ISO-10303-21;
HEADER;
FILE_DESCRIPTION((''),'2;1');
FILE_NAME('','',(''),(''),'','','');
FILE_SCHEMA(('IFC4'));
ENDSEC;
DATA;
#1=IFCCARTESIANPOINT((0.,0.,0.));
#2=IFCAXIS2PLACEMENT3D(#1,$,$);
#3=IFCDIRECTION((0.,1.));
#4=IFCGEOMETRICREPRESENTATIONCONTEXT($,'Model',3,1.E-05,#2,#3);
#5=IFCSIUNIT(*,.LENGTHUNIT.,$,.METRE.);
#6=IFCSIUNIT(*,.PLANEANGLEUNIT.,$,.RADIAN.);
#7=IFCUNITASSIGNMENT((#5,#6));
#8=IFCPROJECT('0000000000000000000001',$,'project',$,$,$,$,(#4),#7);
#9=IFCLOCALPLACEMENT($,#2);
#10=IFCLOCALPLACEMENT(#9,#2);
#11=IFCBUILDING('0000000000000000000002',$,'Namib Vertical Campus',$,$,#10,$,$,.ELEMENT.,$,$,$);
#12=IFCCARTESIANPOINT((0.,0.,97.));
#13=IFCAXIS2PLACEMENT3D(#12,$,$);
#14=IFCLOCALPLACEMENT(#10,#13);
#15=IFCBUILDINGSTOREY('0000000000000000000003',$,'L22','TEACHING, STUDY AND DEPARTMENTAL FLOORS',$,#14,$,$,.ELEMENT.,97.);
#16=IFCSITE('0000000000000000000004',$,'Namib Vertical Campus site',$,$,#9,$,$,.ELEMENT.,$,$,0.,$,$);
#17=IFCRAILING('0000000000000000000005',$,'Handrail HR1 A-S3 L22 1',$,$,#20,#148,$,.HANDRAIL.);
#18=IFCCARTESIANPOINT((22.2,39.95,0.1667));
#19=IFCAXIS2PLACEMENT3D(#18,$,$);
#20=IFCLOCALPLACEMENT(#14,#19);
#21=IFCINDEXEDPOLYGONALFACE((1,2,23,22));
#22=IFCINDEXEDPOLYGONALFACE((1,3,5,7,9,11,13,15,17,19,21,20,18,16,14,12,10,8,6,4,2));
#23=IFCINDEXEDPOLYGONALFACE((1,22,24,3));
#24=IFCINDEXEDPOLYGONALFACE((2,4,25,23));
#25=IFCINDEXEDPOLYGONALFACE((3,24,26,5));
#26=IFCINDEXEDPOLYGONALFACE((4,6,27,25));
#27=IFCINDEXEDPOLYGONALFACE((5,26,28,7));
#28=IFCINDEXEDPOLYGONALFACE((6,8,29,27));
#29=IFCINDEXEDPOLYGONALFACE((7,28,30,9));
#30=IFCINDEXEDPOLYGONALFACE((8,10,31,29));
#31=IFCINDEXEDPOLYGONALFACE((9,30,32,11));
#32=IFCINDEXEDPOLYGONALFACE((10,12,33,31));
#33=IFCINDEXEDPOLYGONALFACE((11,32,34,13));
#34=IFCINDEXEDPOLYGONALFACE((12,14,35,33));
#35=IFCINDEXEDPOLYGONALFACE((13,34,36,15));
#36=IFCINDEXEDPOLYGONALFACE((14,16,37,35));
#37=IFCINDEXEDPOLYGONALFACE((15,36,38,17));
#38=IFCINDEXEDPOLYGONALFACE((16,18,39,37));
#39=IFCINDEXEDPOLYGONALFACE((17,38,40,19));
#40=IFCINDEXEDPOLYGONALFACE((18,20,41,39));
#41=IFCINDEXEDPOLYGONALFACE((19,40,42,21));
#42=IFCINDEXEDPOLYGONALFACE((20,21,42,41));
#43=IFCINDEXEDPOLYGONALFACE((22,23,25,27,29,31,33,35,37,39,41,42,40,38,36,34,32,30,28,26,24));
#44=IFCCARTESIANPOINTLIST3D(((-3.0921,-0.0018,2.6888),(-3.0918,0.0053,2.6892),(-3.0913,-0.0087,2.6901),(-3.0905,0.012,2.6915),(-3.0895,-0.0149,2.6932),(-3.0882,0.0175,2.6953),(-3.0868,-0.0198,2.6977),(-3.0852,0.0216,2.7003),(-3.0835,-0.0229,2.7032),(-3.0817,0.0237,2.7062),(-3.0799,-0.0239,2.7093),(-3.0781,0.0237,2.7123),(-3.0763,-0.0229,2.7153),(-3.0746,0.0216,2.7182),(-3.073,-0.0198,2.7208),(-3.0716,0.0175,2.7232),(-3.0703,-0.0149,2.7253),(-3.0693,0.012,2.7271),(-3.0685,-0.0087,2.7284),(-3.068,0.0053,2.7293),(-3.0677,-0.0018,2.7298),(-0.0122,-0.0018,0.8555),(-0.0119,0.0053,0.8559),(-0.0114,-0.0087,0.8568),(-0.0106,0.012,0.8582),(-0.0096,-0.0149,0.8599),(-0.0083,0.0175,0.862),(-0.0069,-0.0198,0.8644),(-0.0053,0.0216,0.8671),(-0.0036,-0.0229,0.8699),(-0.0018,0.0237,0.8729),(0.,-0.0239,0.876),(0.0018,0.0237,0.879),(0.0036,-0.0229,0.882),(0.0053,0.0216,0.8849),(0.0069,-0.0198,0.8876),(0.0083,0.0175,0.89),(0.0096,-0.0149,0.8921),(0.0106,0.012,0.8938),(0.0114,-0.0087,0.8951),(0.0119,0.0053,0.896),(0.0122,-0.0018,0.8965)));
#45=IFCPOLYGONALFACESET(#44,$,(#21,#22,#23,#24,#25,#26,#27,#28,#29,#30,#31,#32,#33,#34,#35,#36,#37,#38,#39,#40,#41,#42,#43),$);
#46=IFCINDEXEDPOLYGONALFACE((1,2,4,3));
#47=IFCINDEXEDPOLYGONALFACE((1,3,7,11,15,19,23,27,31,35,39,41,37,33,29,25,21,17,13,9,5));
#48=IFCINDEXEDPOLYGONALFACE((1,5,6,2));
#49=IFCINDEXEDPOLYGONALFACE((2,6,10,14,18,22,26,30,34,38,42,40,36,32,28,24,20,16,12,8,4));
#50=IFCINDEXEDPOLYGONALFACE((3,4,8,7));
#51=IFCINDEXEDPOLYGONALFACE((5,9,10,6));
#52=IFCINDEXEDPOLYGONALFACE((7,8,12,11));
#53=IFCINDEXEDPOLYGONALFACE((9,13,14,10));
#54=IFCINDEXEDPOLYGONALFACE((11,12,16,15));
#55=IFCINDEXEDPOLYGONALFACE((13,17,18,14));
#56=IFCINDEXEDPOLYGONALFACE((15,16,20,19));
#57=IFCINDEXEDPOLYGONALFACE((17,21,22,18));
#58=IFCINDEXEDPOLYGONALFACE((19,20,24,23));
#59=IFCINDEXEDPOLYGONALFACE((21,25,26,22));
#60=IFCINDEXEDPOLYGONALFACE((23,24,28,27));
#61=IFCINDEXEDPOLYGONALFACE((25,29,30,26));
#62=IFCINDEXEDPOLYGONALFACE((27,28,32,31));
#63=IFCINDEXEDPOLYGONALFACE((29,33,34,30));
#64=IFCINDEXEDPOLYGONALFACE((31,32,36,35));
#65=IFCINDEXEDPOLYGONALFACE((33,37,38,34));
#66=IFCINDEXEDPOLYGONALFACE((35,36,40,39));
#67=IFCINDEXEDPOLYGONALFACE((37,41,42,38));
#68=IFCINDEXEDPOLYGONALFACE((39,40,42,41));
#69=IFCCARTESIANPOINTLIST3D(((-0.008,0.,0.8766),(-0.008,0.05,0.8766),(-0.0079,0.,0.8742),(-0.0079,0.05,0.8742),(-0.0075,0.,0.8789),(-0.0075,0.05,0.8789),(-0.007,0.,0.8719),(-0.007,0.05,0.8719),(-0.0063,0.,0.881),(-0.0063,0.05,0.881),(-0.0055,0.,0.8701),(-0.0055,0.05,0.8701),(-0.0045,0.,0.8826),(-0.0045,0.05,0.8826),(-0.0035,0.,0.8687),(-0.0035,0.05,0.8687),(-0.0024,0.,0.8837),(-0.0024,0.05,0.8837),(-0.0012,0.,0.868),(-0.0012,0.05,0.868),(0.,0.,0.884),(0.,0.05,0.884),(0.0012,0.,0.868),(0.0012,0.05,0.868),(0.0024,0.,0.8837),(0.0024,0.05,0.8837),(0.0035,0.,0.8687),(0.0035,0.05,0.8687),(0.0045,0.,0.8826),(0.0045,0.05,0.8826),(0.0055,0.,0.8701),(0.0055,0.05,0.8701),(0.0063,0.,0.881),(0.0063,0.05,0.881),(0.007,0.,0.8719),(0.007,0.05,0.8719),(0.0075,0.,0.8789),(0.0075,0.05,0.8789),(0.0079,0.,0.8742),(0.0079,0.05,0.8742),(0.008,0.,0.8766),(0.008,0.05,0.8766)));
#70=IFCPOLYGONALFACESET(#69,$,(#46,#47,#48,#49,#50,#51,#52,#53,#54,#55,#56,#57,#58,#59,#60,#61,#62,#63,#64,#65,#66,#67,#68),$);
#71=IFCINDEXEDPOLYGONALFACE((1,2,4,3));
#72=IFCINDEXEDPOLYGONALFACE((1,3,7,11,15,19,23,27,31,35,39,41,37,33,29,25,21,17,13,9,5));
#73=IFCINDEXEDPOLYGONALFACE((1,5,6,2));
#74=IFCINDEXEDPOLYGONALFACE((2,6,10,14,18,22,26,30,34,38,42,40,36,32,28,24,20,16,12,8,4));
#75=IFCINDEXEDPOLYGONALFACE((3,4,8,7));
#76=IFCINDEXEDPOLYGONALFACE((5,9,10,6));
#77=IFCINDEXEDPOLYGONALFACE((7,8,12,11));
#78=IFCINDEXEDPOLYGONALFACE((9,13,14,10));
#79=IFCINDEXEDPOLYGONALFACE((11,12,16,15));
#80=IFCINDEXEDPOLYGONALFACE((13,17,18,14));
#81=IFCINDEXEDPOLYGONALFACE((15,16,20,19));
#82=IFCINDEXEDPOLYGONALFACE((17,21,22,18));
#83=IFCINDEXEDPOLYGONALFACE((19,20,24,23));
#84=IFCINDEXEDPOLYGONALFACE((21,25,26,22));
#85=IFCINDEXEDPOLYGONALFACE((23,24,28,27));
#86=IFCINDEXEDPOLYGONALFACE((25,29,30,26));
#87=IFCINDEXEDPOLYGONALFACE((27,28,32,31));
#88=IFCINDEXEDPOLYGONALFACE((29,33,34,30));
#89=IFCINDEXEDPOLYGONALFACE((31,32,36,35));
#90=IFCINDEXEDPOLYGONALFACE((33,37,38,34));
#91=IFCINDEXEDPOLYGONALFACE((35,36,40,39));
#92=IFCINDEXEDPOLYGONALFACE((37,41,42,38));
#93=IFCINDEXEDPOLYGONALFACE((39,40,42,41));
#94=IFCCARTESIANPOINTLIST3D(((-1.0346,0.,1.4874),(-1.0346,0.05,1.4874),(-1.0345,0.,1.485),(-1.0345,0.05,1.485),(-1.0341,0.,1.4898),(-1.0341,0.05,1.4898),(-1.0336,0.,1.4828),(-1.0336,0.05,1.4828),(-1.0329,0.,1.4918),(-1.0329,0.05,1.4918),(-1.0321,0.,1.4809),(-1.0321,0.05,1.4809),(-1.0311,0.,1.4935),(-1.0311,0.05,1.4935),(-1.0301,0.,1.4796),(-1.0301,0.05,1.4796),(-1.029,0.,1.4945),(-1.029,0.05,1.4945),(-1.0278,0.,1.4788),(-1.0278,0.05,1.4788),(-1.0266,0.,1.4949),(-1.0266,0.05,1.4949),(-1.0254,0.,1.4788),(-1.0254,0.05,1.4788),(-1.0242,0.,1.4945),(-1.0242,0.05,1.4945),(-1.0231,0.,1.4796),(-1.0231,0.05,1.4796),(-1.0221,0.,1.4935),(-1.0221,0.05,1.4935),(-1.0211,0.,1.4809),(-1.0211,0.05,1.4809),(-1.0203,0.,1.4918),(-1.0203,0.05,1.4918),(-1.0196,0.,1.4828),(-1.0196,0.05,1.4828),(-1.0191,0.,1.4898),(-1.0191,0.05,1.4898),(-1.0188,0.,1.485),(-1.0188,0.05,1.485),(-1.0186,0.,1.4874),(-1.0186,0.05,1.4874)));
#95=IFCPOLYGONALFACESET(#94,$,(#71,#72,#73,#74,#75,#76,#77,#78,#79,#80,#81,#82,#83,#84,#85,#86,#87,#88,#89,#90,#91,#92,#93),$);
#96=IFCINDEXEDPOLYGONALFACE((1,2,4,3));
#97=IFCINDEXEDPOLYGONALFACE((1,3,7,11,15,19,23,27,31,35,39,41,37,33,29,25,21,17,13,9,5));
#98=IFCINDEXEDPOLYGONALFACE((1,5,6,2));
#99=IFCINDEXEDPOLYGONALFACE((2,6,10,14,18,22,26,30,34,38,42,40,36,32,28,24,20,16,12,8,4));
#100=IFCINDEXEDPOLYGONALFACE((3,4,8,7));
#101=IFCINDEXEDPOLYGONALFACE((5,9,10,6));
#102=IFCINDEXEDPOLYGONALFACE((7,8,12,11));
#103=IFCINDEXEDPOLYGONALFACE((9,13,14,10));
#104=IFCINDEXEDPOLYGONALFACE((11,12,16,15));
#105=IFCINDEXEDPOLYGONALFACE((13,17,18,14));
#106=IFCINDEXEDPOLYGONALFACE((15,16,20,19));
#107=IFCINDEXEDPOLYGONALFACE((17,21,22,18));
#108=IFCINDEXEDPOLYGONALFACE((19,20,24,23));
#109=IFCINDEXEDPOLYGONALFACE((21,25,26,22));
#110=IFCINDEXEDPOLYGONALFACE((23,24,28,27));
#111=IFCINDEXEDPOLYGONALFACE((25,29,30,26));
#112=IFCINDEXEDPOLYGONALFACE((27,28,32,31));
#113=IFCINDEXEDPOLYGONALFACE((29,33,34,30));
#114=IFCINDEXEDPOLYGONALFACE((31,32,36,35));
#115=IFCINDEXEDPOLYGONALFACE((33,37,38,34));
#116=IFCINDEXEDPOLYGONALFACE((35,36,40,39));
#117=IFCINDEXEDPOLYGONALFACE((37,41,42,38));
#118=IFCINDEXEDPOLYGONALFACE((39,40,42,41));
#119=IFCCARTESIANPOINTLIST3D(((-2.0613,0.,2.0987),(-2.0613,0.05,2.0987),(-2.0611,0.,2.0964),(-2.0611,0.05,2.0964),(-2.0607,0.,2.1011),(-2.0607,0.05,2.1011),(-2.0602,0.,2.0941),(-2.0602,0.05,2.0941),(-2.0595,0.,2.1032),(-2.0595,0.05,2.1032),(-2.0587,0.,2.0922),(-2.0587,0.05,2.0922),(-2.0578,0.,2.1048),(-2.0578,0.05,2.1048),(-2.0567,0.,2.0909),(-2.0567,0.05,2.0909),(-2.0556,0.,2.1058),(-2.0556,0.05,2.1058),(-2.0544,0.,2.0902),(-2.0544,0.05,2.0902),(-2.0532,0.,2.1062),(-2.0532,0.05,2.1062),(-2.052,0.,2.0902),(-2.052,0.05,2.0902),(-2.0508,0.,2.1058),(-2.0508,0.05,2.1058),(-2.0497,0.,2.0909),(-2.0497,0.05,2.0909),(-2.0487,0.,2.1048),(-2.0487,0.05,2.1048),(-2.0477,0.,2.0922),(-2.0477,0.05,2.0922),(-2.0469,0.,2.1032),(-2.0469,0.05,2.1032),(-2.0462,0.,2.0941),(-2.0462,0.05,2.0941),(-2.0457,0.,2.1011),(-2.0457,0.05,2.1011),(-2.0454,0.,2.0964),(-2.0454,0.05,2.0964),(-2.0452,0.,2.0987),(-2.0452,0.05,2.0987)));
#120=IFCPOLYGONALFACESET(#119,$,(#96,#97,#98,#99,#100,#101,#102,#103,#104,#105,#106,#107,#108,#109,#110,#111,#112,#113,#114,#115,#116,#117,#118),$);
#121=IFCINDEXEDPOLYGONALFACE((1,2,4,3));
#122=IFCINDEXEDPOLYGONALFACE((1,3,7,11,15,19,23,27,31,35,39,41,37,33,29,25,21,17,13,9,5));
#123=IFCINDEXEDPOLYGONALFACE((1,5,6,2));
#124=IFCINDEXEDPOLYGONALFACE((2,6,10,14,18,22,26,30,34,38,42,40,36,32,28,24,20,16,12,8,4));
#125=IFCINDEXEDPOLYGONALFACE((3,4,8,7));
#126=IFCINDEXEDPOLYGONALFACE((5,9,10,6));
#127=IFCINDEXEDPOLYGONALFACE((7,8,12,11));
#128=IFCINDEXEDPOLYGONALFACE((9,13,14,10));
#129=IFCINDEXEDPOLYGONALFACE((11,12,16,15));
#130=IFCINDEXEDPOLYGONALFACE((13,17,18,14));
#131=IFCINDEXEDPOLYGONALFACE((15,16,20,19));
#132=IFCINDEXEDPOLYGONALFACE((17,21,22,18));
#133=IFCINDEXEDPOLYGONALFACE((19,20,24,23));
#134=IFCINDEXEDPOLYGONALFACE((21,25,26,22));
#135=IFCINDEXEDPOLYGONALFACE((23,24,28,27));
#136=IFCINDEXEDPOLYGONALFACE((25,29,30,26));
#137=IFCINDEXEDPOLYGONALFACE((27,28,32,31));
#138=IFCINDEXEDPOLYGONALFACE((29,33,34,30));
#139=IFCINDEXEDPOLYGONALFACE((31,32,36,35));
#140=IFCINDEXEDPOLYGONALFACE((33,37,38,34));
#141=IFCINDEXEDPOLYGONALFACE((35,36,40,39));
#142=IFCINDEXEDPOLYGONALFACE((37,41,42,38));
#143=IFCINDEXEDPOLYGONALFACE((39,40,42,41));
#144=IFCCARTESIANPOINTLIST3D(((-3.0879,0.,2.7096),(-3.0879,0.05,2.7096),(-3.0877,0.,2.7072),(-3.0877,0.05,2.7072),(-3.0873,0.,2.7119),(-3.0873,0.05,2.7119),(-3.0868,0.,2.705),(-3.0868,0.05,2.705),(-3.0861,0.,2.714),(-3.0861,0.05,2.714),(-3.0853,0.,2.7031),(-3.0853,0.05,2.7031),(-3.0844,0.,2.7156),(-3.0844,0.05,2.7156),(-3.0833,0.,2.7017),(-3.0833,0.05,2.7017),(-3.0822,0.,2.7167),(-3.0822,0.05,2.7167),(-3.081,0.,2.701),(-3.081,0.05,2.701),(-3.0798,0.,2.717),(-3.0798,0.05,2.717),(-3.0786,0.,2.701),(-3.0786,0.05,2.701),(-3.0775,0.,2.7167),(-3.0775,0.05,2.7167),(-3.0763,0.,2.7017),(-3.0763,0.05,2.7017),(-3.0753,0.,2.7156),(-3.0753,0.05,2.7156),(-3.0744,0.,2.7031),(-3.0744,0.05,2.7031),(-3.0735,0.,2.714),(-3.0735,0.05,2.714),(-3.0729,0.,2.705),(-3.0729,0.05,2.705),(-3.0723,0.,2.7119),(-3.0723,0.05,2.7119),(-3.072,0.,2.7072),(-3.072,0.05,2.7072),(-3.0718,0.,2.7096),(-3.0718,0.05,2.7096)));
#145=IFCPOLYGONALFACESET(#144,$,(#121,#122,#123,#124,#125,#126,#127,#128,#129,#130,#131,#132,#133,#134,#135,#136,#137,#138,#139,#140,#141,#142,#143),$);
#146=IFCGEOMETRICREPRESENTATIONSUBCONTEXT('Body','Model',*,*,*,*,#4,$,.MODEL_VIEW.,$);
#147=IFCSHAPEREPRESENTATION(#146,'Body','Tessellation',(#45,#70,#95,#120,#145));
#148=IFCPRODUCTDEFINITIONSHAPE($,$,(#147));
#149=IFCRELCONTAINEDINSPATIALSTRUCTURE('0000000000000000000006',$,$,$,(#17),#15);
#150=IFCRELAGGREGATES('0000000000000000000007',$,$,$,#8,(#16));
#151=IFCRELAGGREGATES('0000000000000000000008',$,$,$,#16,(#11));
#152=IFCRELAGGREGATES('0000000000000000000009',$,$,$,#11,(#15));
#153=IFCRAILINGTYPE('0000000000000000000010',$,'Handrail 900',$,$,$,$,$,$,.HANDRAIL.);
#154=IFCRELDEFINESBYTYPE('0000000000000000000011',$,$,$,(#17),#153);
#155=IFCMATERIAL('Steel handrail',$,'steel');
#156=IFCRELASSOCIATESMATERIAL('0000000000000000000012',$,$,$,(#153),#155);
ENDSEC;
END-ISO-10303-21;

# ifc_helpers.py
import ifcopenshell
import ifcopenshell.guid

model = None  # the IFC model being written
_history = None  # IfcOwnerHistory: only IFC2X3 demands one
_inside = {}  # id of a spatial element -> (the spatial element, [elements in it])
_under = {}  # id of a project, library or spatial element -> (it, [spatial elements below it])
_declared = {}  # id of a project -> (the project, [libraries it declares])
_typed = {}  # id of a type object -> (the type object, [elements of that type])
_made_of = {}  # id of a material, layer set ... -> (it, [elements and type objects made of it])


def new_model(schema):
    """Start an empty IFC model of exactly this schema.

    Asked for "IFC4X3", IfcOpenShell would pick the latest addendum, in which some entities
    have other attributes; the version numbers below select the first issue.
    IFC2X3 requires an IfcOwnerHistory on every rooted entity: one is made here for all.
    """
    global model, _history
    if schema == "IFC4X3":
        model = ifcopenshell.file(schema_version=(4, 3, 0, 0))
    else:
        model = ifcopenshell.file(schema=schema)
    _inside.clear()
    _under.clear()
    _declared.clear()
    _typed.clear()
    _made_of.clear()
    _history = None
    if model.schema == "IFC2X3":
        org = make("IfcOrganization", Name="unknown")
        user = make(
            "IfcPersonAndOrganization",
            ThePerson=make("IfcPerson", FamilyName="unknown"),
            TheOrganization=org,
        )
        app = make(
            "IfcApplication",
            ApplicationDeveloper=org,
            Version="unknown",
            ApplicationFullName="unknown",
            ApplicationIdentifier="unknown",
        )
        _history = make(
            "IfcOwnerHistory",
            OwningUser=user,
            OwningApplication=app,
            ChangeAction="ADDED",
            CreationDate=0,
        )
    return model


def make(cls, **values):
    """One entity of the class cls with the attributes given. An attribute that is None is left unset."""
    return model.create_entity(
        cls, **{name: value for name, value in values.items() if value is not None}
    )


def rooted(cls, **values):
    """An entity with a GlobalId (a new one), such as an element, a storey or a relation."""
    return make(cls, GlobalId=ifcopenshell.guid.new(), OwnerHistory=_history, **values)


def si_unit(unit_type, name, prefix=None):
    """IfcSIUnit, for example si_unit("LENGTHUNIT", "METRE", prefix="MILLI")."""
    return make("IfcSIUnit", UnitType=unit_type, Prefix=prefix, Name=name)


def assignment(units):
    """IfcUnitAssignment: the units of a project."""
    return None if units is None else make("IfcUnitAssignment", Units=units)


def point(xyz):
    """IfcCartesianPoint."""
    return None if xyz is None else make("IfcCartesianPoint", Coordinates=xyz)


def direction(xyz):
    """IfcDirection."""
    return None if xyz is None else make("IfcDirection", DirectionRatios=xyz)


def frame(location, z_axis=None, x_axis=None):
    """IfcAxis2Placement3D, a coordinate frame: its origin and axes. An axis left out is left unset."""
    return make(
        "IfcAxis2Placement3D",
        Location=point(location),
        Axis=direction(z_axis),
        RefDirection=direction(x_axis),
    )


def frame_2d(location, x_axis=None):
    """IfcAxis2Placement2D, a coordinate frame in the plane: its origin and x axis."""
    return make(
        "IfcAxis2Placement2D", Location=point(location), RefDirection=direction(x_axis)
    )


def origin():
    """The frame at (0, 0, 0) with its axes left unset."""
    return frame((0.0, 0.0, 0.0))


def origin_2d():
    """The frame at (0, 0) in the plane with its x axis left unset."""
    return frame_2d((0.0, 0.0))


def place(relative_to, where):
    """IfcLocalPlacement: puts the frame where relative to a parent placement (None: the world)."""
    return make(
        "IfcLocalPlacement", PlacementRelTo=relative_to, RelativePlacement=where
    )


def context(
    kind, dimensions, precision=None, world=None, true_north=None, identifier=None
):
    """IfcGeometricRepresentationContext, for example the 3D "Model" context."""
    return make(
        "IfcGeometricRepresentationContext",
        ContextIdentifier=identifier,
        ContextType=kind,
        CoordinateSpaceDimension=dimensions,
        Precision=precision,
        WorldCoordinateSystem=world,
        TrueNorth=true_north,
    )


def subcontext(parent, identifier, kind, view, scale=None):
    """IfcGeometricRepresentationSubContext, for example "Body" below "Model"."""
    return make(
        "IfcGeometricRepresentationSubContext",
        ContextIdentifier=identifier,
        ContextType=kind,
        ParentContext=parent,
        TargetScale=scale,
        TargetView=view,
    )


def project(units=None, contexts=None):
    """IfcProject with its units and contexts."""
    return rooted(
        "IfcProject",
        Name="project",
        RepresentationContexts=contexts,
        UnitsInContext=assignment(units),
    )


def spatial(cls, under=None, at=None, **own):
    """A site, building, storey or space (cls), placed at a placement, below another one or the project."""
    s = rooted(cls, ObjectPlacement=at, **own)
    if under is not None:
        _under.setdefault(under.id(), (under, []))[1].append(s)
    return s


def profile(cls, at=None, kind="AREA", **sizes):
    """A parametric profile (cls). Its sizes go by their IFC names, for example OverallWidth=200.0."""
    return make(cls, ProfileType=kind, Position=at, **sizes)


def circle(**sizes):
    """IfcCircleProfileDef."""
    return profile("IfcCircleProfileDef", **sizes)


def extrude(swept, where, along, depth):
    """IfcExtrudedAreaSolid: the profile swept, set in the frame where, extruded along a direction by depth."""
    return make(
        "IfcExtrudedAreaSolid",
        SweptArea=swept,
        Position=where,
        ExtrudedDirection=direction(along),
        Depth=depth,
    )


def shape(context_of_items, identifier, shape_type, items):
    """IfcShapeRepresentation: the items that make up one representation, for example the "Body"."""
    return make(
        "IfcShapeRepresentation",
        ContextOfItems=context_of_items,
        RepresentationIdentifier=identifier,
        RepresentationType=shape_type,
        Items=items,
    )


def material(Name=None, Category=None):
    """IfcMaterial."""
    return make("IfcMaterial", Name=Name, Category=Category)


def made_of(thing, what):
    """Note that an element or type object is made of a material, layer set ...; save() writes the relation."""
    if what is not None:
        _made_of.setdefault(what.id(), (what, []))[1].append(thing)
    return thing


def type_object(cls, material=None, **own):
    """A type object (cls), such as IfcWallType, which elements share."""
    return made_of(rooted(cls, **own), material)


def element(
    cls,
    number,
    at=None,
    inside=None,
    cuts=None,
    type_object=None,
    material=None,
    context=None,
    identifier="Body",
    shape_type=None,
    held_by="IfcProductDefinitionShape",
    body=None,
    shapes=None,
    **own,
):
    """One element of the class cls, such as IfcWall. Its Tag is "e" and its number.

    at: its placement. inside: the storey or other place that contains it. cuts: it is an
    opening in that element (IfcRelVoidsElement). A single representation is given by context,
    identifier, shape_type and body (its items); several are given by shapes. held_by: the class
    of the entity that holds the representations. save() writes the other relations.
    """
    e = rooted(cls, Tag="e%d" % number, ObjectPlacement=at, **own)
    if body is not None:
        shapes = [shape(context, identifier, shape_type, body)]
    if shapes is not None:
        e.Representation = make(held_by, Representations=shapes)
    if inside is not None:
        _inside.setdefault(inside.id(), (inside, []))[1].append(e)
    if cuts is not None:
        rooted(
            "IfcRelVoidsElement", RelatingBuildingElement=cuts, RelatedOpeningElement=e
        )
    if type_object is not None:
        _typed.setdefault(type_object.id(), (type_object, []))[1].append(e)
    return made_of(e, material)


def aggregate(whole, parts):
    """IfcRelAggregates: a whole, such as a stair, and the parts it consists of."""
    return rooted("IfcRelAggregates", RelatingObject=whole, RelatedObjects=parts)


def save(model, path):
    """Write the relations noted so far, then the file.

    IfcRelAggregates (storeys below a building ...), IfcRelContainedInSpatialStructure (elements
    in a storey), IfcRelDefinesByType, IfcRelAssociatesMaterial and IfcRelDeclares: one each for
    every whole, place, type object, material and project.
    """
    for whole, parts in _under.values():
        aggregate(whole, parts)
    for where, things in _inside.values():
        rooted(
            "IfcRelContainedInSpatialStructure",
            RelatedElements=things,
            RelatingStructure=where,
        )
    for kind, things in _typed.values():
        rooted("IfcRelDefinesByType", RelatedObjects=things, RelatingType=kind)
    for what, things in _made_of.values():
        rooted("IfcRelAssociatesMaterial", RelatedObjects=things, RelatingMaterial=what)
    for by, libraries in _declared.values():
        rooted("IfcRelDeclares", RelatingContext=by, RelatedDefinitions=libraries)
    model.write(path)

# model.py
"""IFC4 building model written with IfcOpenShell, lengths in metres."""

from ifc_helpers import new_model, si_unit, direction, frame, origin, origin_2d, place, context, subcontext, project, spatial, circle, extrude, material, type_object, element, save


model = new_model("IFC4")

# Units and contexts
model_context = context("Model", 3, precision=1e-05, world=origin(), true_north=direction((0.0, 1.0)))
body_context = subcontext(model_context, "Body", "Model", "MODEL_VIEW")
ifc_project = project(units=[si_unit("LENGTHUNIT", "METRE"), si_unit("PLANEANGLEUNIT", "RADIAN")], contexts=[model_context])

# Site, building, storey
site_placement = place(None, origin())
site = spatial("IfcSite", under=ifc_project, at=site_placement, Name="Namib Vertical Campus site", CompositionType="ELEMENT", RefElevation=0.0)
building_placement = place(site_placement, origin())
building = spatial("IfcBuilding", under=site, at=building_placement, Name="Namib Vertical Campus", CompositionType="ELEMENT")
storey_placement = place(building_placement, frame((0.0, 0.0, 97.0)))
storey = spatial("IfcBuildingStorey", under=building, at=storey_placement, Name="L22", Description="TEACHING, STUDY AND DEPARTMENTAL FLOORS", CompositionType="ELEMENT", Elevation=97.0)

# Railing
ifc_material_1 = material(Name="Steel handrail", Category="steel")
railing_type_1 = type_object("IfcRailingType", Name="Handrail 900", PredefinedType="HANDRAIL", material=ifc_material_1)
railing_1_placement = place(storey_placement, frame((22.2, 39.95, 0.1667)))
element("IfcRailing", 1, at=railing_1_placement, inside=storey, type_object=railing_type_1, Name="Handrail HR1 A-S3 L22 1", PredefinedType="HANDRAIL", context=body_context, shape_type="SweptSolid", body=[
    extrude(circle(Radius=0.0239, at=origin_2d()), frame((0.0, 0.0, 0.876), z_axis=(-0.859291, 0.0, 0.511487), x_axis=(0.0, -1.0, 0.0)), (0.0, 0.0, 1.0), 3.5842),
    extrude(circle(Radius=0.0081, at=origin_2d()), frame((0.0, 0.0, 0.876), z_axis=(0.0, 1.0, 0.0), x_axis=(0.0, 0.0, 1.0)), (0.0, 0.0, 1.0), 0.05),
    extrude(circle(Radius=0.0081, at=origin_2d()), frame((-1.0266, 0.0, 1.4868), z_axis=(0.0, 1.0, 0.0), x_axis=(0.0, 0.0, 1.0)), (0.0, 0.0, 1.0), 0.05),
    extrude(circle(Radius=0.0081, at=origin_2d()), frame((-2.0532, 0.0, 2.0981), z_axis=(0.0, 1.0, 0.0), x_axis=(0.0, 0.0, 1.0)), (0.0, 0.0, 1.0), 0.05),
    extrude(circle(Radius=0.0081, at=origin_2d()), frame((-3.0798, 0.0, 2.709), z_axis=(0.0, 1.0, 0.0), x_axis=(0.0, 0.0, 1.0)), (0.0, 0.0, 1.0), 0.05),
])

save(model, "model.ifc")
